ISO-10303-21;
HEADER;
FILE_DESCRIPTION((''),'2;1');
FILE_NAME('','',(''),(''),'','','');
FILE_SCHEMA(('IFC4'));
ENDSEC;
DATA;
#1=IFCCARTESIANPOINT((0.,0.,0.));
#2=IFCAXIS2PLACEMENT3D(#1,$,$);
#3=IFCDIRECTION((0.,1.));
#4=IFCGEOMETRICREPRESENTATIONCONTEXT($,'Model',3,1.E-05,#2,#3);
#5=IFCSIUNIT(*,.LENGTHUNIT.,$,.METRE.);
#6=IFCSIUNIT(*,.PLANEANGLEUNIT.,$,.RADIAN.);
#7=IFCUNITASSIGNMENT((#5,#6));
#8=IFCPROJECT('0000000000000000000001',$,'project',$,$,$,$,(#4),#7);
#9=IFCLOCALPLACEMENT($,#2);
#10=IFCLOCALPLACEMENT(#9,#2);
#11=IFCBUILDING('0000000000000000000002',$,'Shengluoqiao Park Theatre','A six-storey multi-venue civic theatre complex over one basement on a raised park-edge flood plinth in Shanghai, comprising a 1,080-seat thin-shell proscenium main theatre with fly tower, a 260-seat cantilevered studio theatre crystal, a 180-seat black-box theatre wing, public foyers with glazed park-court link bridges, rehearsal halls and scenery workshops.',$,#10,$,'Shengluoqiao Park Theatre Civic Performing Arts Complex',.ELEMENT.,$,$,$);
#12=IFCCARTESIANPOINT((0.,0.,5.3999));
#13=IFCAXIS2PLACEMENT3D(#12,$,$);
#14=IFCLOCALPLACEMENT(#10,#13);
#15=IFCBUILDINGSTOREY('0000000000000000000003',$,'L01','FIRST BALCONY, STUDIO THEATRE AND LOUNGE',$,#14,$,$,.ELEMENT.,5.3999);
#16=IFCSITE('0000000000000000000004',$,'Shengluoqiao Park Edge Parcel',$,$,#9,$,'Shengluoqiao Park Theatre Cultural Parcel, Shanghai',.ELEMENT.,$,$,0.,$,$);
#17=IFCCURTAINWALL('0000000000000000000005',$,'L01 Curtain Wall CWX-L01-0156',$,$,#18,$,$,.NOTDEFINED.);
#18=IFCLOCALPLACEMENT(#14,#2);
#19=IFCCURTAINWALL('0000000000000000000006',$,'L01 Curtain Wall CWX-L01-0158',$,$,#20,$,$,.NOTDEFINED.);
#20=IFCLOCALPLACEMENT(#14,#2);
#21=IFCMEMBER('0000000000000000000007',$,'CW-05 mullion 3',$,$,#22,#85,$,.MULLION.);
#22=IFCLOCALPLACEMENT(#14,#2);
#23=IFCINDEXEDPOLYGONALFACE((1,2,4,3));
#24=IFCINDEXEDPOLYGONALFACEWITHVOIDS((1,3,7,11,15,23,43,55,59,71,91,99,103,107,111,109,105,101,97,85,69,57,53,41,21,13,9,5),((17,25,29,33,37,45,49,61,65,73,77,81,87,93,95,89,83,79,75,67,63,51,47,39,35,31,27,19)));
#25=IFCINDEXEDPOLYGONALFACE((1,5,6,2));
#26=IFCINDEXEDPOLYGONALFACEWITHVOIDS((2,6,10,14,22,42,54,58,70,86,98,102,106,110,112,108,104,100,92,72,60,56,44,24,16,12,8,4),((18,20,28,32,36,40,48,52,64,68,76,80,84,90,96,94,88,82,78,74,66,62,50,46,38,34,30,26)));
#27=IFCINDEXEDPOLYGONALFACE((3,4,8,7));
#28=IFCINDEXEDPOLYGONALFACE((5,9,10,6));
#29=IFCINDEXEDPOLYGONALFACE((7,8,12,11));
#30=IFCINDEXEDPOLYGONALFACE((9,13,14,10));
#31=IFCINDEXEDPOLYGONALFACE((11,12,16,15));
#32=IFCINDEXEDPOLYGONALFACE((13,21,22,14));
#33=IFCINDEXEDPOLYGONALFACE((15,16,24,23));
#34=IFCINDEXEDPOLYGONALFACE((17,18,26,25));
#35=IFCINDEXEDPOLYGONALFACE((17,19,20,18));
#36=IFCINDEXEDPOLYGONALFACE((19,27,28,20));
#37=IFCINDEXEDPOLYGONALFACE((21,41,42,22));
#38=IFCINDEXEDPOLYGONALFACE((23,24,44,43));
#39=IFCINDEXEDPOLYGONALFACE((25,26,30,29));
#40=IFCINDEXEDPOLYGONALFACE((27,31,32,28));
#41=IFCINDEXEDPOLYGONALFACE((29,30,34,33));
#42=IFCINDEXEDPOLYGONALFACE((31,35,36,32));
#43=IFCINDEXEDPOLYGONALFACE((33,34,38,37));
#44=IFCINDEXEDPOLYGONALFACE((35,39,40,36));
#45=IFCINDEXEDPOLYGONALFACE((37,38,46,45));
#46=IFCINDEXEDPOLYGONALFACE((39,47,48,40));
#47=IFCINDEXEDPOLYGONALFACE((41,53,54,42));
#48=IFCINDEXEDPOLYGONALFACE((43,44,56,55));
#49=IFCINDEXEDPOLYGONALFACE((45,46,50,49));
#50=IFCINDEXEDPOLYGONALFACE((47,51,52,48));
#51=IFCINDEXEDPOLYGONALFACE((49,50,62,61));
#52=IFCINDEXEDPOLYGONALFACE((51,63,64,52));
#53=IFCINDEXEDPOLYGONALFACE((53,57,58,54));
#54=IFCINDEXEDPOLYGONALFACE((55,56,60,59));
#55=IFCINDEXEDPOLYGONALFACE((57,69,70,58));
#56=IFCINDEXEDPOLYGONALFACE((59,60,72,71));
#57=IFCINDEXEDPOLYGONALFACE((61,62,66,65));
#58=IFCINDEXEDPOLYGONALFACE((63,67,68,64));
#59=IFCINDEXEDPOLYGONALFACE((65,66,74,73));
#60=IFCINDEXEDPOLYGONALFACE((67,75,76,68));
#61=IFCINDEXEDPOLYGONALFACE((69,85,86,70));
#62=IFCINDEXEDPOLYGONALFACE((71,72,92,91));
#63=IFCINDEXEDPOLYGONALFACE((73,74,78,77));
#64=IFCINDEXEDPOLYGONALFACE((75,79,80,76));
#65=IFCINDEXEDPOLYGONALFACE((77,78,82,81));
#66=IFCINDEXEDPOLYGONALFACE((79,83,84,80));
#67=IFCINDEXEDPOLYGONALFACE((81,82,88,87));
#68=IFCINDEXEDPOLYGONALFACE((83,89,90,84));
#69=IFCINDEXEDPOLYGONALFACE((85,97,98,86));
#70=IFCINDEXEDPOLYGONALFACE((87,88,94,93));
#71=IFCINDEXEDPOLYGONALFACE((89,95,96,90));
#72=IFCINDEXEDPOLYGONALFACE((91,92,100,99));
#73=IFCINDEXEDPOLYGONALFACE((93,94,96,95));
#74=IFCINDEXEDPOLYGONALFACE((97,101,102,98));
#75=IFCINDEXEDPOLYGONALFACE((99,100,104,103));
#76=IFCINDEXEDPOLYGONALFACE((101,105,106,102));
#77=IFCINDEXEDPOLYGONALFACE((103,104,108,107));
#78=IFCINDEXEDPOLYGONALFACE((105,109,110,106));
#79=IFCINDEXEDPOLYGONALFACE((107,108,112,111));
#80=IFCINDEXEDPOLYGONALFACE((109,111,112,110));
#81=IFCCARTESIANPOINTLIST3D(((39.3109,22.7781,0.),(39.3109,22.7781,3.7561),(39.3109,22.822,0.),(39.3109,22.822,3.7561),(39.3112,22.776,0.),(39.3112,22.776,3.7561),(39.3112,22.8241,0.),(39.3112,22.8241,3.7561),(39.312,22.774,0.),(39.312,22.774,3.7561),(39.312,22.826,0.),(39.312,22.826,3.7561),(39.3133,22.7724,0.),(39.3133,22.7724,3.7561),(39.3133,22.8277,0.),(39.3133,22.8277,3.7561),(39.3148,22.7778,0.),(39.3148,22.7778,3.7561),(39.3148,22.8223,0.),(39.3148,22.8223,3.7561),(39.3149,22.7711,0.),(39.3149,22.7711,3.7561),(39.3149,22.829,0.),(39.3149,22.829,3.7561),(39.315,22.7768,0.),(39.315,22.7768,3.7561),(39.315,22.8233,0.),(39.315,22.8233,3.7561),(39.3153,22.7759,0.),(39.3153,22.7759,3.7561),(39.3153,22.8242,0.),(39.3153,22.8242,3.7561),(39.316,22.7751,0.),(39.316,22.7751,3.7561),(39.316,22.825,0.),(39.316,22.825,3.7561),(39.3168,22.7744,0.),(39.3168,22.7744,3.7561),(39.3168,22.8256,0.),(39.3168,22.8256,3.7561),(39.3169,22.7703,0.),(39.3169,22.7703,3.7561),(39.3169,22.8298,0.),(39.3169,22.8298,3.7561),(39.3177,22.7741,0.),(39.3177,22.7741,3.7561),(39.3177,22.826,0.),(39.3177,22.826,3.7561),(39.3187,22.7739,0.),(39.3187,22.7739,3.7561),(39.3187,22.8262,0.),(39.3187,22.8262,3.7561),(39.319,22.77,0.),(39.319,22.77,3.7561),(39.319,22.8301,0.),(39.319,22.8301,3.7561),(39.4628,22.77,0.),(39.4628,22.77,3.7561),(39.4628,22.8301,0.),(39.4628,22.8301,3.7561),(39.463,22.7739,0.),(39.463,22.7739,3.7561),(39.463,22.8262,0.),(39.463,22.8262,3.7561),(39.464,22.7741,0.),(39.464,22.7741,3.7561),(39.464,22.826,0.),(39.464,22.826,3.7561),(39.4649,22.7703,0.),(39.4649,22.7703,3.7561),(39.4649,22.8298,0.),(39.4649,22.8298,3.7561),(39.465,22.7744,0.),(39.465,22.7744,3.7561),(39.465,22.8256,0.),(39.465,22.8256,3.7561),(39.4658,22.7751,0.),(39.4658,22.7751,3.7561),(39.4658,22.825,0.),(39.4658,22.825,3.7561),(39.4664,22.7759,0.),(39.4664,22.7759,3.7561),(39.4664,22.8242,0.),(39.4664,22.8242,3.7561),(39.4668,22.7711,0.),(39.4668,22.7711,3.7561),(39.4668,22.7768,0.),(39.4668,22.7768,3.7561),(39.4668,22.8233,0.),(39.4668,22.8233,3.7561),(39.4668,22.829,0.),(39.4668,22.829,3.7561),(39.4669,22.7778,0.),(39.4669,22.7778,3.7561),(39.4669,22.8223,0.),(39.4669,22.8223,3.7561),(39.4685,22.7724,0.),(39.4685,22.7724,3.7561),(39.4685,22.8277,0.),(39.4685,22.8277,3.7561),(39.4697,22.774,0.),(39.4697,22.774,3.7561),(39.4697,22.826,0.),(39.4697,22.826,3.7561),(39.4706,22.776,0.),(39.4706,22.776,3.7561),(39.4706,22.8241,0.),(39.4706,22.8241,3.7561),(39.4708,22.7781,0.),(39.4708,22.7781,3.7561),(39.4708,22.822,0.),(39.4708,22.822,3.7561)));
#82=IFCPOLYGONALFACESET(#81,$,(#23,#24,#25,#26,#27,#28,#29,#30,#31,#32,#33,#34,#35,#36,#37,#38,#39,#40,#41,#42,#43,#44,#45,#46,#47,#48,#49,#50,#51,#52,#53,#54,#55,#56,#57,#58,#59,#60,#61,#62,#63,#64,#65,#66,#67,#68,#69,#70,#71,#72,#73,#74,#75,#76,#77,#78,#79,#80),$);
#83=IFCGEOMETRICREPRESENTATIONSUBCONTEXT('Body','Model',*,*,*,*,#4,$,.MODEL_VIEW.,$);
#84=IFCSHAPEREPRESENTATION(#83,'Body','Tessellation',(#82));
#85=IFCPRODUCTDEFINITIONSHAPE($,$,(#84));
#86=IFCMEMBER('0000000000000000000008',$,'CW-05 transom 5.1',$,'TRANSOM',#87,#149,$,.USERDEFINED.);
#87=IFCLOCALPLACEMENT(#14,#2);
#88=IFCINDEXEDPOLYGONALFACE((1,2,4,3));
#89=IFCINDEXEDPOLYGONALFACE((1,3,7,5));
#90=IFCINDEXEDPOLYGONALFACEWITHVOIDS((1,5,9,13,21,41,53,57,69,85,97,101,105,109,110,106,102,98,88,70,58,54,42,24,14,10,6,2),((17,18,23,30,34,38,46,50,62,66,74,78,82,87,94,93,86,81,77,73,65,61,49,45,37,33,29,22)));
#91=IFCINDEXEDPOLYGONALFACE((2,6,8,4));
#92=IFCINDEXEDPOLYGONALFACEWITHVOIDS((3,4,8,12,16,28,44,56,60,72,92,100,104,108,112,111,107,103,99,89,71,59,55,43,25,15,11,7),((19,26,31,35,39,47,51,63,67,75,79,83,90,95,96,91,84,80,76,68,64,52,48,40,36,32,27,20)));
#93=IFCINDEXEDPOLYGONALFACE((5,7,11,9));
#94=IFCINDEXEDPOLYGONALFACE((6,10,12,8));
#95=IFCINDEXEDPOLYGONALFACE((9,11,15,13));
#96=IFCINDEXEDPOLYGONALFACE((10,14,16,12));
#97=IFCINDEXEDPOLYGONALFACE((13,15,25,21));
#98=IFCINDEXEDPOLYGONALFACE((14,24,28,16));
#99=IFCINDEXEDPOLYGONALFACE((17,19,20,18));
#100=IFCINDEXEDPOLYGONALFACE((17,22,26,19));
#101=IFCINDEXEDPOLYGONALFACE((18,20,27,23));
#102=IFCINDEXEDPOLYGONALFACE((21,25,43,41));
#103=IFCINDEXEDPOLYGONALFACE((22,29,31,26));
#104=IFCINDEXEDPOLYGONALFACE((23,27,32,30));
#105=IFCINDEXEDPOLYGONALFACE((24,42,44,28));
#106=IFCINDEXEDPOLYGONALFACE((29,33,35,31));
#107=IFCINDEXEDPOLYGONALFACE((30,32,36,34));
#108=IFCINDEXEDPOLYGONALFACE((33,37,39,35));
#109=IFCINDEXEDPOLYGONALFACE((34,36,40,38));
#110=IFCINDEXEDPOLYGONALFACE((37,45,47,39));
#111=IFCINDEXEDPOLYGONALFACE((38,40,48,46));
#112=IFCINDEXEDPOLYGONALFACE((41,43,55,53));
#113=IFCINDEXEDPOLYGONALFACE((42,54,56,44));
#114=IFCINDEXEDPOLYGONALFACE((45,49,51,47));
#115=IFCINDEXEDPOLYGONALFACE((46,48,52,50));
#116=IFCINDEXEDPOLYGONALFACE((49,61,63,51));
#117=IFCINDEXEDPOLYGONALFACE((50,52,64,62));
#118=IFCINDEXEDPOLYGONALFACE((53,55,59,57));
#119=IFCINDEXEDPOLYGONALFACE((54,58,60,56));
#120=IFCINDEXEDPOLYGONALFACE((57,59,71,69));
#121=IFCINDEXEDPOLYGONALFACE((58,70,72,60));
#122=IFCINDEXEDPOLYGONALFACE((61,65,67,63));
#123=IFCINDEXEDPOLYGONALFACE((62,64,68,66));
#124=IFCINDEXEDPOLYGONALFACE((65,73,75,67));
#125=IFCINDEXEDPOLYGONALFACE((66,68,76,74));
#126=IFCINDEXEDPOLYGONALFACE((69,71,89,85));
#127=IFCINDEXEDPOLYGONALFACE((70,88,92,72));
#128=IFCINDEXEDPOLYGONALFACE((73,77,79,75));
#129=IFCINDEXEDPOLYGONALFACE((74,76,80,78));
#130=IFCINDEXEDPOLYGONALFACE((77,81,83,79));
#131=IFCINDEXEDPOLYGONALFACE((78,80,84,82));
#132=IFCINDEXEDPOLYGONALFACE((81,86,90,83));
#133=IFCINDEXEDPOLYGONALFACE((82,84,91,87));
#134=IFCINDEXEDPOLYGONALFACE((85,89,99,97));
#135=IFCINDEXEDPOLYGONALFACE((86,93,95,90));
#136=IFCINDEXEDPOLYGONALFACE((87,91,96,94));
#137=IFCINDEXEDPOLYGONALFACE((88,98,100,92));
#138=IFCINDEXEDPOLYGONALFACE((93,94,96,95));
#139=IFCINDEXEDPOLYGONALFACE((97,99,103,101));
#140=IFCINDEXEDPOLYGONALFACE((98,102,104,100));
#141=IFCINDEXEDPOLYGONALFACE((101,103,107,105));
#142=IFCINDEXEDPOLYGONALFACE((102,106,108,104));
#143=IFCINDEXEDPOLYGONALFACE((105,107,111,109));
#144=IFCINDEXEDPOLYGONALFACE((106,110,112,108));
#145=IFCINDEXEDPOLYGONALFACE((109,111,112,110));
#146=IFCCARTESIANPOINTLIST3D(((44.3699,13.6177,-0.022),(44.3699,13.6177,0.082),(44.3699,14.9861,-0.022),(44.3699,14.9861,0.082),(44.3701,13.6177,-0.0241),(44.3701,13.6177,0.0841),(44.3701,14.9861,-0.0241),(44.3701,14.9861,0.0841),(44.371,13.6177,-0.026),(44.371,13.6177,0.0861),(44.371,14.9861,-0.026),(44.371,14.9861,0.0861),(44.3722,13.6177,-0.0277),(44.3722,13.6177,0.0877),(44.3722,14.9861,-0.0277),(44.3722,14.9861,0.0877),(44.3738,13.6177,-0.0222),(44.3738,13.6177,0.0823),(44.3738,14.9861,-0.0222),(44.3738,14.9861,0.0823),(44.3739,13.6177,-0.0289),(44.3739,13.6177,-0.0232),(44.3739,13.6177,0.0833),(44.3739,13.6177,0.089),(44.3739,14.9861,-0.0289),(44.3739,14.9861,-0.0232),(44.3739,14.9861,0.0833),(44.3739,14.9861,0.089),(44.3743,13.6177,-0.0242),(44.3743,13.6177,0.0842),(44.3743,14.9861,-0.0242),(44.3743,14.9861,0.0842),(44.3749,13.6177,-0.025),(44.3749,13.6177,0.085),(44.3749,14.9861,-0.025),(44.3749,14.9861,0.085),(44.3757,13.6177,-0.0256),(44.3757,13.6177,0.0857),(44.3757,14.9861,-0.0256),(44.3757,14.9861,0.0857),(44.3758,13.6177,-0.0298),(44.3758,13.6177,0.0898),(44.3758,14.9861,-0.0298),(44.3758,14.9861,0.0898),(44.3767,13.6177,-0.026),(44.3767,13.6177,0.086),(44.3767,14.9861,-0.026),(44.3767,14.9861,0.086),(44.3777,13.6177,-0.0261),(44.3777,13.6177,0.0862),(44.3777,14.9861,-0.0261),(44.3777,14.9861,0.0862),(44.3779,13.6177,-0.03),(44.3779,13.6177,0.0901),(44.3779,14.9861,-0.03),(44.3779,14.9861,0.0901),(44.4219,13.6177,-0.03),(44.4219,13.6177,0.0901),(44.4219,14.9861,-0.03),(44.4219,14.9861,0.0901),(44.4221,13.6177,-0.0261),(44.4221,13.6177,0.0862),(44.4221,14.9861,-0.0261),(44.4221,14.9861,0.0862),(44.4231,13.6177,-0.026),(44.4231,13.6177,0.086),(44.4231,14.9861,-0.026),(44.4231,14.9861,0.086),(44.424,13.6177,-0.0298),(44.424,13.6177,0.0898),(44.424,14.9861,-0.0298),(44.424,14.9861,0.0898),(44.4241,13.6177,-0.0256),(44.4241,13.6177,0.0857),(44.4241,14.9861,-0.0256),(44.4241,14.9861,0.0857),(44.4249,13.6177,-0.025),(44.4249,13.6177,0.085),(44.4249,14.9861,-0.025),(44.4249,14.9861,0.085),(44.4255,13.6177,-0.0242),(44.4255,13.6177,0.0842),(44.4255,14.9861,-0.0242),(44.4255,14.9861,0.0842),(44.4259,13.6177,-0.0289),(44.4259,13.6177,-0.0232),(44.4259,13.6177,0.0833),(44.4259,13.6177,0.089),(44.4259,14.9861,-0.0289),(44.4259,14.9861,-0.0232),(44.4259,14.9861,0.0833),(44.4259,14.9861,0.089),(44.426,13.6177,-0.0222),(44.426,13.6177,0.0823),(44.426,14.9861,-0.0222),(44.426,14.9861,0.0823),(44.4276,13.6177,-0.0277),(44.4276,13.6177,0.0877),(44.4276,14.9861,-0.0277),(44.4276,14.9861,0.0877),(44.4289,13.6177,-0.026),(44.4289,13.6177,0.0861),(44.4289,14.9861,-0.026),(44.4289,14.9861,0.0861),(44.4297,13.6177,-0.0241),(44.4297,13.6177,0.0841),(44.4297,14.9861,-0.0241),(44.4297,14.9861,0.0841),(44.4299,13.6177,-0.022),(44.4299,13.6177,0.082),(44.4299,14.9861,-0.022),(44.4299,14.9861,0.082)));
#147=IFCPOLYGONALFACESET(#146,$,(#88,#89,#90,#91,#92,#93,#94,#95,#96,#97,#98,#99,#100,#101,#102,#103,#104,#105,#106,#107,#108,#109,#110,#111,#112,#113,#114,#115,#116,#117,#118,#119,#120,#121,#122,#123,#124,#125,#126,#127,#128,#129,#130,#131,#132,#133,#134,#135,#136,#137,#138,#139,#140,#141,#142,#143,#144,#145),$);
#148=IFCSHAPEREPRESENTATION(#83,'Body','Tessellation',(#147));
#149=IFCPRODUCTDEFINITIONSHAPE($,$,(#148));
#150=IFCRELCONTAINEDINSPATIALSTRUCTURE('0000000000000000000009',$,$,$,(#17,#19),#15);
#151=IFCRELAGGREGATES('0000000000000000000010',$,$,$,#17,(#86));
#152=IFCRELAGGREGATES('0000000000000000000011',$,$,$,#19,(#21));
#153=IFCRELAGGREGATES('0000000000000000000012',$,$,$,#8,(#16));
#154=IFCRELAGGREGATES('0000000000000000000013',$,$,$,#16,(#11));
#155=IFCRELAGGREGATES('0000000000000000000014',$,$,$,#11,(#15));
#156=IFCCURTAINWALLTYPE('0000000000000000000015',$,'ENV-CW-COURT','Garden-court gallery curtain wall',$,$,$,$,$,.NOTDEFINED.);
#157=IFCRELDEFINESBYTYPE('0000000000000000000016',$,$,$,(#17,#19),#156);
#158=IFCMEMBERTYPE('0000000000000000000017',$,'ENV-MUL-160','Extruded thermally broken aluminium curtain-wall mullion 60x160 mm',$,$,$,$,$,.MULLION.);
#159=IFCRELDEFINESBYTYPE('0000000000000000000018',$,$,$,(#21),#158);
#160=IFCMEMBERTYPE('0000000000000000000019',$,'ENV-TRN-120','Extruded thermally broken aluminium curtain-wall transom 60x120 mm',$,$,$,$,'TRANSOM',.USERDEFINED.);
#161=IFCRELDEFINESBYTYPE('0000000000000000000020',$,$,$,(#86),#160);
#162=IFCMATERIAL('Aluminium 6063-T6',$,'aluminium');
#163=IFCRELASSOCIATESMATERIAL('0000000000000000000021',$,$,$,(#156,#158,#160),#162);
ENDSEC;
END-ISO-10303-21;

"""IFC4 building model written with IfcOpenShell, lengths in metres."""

from ifc_helpers import new_model, si_unit, direction, frame, origin, origin_2d, place, context, subcontext, project, spatial, hollow_rectangle, extrude, material, material_profile, profile_set, type_object, element, aggregate, save


model = new_model("IFC4")

# Units and contexts
model_context = context("Model", 3, precision=1e-05, world=origin(), true_north=direction((0.0, 1.0)))
body_context = subcontext(model_context, "Body", "Model", "MODEL_VIEW")
ifc_project = project(units=[si_unit("LENGTHUNIT", "METRE"), si_unit("PLANEANGLEUNIT", "RADIAN")], contexts=[model_context])

# Site, building, storey
site_placement = place(None, origin())
site = spatial("IfcSite", under=ifc_project, at=site_placement, Name="Shengluoqiao Park Edge Parcel", LongName="Shengluoqiao Park Theatre Cultural Parcel, Shanghai", CompositionType="ELEMENT", RefElevation=0.0)
building_placement = place(site_placement, origin())
building = spatial("IfcBuilding", under=site, at=building_placement, Name="Shengluoqiao Park Theatre", Description="A six-storey multi-venue civic theatre complex over one basement on a raised park-edge flood plinth in Shanghai, comprising a 1,080-seat thin-shell proscenium main theatre with fly tower, a 260-seat cantilevered studio theatre crystal, a 180-seat black-box theatre wing, public foyers with glazed park-court link bridges, rehearsal halls and scenery workshops.", LongName="Shengluoqiao Park Theatre Civic Performing Arts Complex", CompositionType="ELEMENT")
storey_placement = place(building_placement, frame((0.0, 0.0, 5.3999)))
storey = spatial("IfcBuildingStorey", under=building, at=storey_placement, Name="L01", Description="FIRST BALCONY, STUDIO THEATRE AND LOUNGE", CompositionType="ELEMENT", Elevation=5.3999)

# Curtain wall
ifc_material_1 = material(Name="Aluminium 6063-T6", Category="aluminium")
curtain_wall_type = type_object("IfcCurtainWallType", Name="ENV-CW-COURT", Description="Garden-court gallery curtain wall", PredefinedType="NOTDEFINED", material=ifc_material_1)
curtain_wall_1_placement = place(storey_placement, origin())
curtain_wall_1 = element("IfcCurtainWall", 1, at=curtain_wall_1_placement, inside=storey, type_object=curtain_wall_type, Name="L01 Curtain Wall CWX-L01-0156", PredefinedType="NOTDEFINED")
ifc_material_profile_1 = material_profile(ifc_material_1, hollow_rectangle(XDim=0.0601, YDim=0.1599, WallThickness=0.0039, InnerFilletRadius=0.0039, OuterFilletRadius=0.0081, at=origin_2d()), Name="ALU MULLION 160x60x4")
ifc_profile_set_1 = profile_set([ifc_material_profile_1], Name="Aluminium 6063-T6")
member_type_1 = type_object("IfcMemberType", Name="ENV-MUL-160", Description="Extruded thermally broken aluminium curtain-wall mullion 60x160 mm", PredefinedType="MULLION", material=ifc_profile_set_1)

# Curtain wall, member
curtain_wall_2_placement = place(storey_placement, origin())
curtain_wall_2 = element("IfcCurtainWall", 2, at=curtain_wall_2_placement, inside=storey, type_object=curtain_wall_type, Name="L01 Curtain Wall CWX-L01-0158", PredefinedType="NOTDEFINED")
member_1_placement = place(storey_placement, frame((39.3909, 22.8, 0.0), z_axis=(0.0, 0.0, 1.0), x_axis=(0.0, 1.0, 0.0)))
member_1 = element("IfcMember", 3, at=member_1_placement, type_object=member_type_1, Name="CW-05 mullion 3", PredefinedType="MULLION", context=body_context, shape_type="SweptSolid", body=[
    extrude(hollow_rectangle(XDim=0.0601, YDim=0.1599, WallThickness=0.0039, InnerFilletRadius=0.0039, OuterFilletRadius=0.0081, at=origin_2d()), origin(), (0.0, 0.0, 1.0), 3.7561),
])

# Member
ifc_material_profile_2 = material_profile(ifc_material_1, hollow_rectangle(XDim=0.0601, YDim=0.1201, WallThickness=0.0039, InnerFilletRadius=0.0039, OuterFilletRadius=0.0081, at=origin_2d()), Name="ALU TRANSOM 120x60x4")
ifc_profile_set_2 = profile_set([ifc_material_profile_2], Name="Aluminium 6063-T6")
member_type_2 = type_object("IfcMemberType", Name="ENV-TRN-120", Description="Extruded thermally broken aluminium curtain-wall transom 60x120 mm", ElementType="TRANSOM", PredefinedType="USERDEFINED", material=ifc_profile_set_2)
member_2_placement = place(storey_placement, frame((44.3999, 13.6177, 0.03), z_axis=(0.0, 1.0, 0.0), x_axis=(-1.0, 0.0, 0.0)))
member_2 = element("IfcMember", 4, at=member_2_placement, type_object=member_type_2, Name="CW-05 transom 5.1", ObjectType="TRANSOM", PredefinedType="USERDEFINED", context=body_context, shape_type="SweptSolid", body=[
    extrude(hollow_rectangle(XDim=0.0601, YDim=0.1201, WallThickness=0.0039, InnerFilletRadius=0.0039, OuterFilletRadius=0.0081, at=origin_2d()), origin(), (0.0, 0.0, 1.0), 1.3684),
])

aggregate(curtain_wall_1, [member_2])
aggregate(curtain_wall_2, [member_1])

save(model, "model.ifc")
